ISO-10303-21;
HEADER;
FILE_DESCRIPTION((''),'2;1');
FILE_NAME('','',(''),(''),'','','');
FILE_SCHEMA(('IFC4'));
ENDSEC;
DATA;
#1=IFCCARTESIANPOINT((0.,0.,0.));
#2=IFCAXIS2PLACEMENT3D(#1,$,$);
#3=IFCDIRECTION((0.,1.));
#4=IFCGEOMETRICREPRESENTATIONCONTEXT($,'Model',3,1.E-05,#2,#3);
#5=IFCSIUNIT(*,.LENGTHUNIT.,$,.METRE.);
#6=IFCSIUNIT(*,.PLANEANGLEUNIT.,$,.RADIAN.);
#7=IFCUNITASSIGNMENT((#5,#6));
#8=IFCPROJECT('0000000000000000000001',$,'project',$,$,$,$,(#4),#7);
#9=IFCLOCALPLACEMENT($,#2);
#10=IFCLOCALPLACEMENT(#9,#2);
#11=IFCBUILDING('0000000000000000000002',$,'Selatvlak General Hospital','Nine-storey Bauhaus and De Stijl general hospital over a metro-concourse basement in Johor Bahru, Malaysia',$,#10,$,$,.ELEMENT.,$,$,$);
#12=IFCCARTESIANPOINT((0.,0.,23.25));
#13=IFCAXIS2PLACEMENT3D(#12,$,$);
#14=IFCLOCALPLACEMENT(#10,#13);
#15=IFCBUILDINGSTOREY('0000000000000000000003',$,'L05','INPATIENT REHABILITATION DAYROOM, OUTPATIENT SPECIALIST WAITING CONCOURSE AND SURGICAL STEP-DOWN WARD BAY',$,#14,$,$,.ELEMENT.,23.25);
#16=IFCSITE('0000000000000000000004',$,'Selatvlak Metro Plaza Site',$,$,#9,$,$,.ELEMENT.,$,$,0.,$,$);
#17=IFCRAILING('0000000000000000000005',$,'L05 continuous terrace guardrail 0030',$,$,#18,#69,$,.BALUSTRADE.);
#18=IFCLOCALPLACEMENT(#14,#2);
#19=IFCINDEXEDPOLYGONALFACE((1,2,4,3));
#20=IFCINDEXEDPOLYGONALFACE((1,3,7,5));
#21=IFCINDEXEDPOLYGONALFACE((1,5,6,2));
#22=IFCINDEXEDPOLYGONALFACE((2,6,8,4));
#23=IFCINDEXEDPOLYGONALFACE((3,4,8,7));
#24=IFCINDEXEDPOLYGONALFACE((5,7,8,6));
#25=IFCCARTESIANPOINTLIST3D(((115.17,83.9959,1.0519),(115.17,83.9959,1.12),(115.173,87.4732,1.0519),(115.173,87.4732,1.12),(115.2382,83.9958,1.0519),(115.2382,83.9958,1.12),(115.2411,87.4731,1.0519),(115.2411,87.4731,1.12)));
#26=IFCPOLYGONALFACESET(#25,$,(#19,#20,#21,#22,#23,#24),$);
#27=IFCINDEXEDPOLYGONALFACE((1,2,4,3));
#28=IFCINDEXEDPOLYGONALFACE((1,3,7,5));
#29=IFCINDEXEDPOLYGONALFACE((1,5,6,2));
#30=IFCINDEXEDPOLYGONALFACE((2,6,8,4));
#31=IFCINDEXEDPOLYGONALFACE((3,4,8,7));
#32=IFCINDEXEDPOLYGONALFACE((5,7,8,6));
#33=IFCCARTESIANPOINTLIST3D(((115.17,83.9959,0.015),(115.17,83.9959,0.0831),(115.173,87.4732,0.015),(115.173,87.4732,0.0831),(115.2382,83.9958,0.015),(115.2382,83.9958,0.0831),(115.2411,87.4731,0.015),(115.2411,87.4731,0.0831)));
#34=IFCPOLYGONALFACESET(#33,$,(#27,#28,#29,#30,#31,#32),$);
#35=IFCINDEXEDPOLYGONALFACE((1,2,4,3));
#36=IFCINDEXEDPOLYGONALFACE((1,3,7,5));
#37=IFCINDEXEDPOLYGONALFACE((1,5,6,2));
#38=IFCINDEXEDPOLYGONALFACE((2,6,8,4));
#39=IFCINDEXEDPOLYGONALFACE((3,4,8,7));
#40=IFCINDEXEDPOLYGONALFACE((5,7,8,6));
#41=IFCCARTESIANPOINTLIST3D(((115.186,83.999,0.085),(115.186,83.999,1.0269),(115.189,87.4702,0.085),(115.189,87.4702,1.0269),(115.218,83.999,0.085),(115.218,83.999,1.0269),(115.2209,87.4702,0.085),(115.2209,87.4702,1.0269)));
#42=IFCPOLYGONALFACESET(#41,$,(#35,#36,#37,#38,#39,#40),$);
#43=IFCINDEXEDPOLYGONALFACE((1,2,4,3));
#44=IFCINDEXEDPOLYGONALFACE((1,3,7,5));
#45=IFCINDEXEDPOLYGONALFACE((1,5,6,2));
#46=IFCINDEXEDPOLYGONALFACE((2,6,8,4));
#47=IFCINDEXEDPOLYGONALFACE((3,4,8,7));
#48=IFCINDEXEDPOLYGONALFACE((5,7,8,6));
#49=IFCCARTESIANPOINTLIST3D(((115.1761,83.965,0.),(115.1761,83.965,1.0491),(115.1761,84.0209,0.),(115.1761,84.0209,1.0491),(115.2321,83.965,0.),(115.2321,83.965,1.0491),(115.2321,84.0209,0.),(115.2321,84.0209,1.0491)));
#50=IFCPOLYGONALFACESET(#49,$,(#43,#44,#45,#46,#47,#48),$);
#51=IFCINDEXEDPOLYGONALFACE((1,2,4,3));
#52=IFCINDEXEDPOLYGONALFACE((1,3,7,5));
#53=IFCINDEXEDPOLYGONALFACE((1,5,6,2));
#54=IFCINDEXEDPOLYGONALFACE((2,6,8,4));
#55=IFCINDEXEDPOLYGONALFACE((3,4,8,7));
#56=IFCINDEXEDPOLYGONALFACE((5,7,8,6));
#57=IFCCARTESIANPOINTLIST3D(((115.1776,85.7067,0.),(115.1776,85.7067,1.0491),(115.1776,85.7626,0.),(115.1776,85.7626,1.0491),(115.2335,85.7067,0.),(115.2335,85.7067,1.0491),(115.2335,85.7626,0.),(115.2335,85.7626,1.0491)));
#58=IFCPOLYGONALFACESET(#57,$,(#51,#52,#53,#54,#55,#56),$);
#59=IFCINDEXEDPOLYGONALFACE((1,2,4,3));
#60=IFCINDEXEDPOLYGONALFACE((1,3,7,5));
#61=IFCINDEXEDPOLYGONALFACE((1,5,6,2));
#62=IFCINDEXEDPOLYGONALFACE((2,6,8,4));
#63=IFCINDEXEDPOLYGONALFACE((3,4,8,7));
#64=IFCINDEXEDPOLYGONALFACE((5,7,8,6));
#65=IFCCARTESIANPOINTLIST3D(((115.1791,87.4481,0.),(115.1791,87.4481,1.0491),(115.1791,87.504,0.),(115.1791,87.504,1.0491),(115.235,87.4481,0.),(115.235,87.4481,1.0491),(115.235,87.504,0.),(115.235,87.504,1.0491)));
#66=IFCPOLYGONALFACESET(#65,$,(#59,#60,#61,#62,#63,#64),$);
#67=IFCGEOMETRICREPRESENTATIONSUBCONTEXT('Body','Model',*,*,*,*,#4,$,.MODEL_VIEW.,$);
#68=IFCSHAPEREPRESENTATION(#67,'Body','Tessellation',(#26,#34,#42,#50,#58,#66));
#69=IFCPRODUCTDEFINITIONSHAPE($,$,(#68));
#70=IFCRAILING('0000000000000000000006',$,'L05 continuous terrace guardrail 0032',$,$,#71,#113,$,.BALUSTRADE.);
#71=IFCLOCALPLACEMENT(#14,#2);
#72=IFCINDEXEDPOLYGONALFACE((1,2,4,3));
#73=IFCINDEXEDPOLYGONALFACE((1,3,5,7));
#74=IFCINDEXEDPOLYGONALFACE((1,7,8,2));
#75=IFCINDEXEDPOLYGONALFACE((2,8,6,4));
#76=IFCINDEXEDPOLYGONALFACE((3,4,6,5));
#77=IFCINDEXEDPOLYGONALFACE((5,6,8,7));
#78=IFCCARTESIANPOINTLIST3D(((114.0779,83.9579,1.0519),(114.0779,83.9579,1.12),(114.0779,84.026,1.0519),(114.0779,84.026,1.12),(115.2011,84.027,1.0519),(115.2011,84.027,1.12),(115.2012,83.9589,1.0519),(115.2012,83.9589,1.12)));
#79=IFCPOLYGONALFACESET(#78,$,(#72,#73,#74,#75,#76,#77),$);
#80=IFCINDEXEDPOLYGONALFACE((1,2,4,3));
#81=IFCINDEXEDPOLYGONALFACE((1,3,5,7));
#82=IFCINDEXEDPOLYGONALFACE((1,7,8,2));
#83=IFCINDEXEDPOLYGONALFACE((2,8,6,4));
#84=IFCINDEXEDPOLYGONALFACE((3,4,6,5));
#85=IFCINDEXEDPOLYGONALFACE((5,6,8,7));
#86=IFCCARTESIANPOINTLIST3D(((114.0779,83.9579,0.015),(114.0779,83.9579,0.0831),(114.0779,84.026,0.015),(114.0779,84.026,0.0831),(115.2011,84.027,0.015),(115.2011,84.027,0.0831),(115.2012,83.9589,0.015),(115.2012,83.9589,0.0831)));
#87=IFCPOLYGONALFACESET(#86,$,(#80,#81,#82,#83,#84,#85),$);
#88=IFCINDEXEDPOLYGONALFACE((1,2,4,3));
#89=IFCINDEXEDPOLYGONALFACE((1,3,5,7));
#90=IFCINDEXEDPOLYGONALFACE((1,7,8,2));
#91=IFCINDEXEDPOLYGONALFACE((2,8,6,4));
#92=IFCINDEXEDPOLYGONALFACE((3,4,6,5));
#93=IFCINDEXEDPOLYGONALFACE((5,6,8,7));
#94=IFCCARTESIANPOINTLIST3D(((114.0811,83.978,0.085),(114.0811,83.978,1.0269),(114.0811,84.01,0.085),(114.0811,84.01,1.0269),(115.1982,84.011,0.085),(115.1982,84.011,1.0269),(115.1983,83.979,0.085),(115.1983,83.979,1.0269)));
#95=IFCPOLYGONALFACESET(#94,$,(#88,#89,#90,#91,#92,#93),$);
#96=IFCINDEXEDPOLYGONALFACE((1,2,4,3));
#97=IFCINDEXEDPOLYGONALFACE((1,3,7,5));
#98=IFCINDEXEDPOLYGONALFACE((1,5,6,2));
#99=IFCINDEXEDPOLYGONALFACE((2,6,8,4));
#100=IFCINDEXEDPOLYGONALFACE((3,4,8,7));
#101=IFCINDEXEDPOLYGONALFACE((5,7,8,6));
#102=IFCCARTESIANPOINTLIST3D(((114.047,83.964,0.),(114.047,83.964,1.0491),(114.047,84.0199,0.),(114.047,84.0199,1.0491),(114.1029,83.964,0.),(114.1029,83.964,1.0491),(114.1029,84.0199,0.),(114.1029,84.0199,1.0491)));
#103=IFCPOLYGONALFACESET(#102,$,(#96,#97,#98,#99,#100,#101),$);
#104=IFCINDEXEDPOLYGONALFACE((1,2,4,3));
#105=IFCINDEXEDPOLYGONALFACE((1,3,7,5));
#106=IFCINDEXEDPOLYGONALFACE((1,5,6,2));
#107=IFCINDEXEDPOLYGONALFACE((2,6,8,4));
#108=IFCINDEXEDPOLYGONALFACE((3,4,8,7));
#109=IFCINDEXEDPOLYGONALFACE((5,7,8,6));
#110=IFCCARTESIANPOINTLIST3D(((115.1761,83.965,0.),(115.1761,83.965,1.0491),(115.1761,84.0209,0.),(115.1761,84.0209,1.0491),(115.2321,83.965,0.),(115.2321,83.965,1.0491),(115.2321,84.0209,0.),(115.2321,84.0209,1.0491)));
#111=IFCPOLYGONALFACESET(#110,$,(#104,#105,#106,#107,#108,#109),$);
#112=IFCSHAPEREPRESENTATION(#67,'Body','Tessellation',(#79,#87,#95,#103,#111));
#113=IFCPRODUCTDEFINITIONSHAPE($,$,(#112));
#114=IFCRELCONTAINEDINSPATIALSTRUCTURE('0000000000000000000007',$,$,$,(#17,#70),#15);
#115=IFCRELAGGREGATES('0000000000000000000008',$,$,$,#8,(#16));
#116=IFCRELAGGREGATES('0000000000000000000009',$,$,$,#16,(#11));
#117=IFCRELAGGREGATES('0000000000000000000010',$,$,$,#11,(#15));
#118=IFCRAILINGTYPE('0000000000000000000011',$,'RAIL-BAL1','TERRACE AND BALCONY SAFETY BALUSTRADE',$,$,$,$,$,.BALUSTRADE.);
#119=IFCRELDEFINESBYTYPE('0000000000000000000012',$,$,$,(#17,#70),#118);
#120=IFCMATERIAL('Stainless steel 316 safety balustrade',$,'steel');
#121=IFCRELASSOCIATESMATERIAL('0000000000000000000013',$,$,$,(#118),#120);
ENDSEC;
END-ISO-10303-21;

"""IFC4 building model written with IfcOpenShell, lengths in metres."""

from ifc_helpers import new_model, si_unit, direction, frame, origin, origin_2d, place, context, subcontext, project, spatial, polyline, rectangle, outline, extrude, material, type_object, element, save


model = new_model("IFC4")

# Units and contexts
model_context = context("Model", 3, precision=1e-05, world=origin(), true_north=direction((0.0, 1.0)))
body_context = subcontext(model_context, "Body", "Model", "MODEL_VIEW")
ifc_project = project(units=[si_unit("LENGTHUNIT", "METRE"), si_unit("PLANEANGLEUNIT", "RADIAN")], contexts=[model_context])

# Site, building, storey
site_placement = place(None, origin())
site = spatial("IfcSite", under=ifc_project, at=site_placement, Name="Selatvlak Metro Plaza Site", CompositionType="ELEMENT", RefElevation=0.0)
building_placement = place(site_placement, origin())
building = spatial("IfcBuilding", under=site, at=building_placement, Name="Selatvlak General Hospital", Description="Nine-storey Bauhaus and De Stijl general hospital over a metro-concourse basement in Johor Bahru, Malaysia", CompositionType="ELEMENT")
storey_placement = place(building_placement, frame((0.0, 0.0, 23.25)))
storey = spatial("IfcBuildingStorey", under=building, at=storey_placement, Name="L05", Description="INPATIENT REHABILITATION DAYROOM, OUTPATIENT SPECIALIST WAITING CONCOURSE AND SURGICAL STEP-DOWN WARD BAY", CompositionType="ELEMENT", Elevation=23.25)

# Railings
ifc_material_1 = material(Name="Stainless steel 316 safety balustrade", Category="steel")
railing_type = type_object("IfcRailingType", Name="RAIL-BAL1", Description="TERRACE AND BALCONY SAFETY BALUSTRADE", PredefinedType="BALUSTRADE", material=ifc_material_1)
railing_1_placement = place(storey_placement, frame((115.2041, 83.9929, 0.0)))
element("IfcRailing", 1, at=railing_1_placement, inside=storey, type_object=railing_type, Name="L05 continuous terrace guardrail 0030", PredefinedType="BALUSTRADE", context=body_context, shape_type="SweptSolid", body=[
    extrude(rectangle(XDim=0.0681, YDim=0.0681, at=origin_2d()), frame((0.0, 0.0029, 1.0859), z_axis=(0.000841, 1.0, 0.0), x_axis=(-1.0, 0.000841, 0.0)), (0.0, 0.0, 1.0), 3.4773),
    extrude(rectangle(XDim=0.0681, YDim=0.0681, at=origin_2d()), frame((0.0, 0.0029, 0.0491), z_axis=(0.000841, 1.0, 0.0), x_axis=(-1.0, 0.000841, 0.0)), (0.0, 0.0, 1.0), 3.4773),
    extrude(outline(polyline([(0.0, 0.0), (3.4712, 0.0), (3.4712, 0.9419), (0.0, 0.9419), (0.0, 0.0)])), frame((-0.0181, 0.0061, 0.085), z_axis=(1.0, -0.000841, 0.0), x_axis=(0.000841, 1.0, 0.0)), (0.0, 0.0, 1.0), 0.032),
    extrude(rectangle(XDim=0.0559, YDim=0.0559, at=origin_2d()), origin(), (0.0, 0.0, 1.0), 1.0491),
    extrude(rectangle(XDim=0.0559, YDim=0.0559, at=origin_2d()), frame((0.0015, 1.7417, 0.0)), (0.0, 0.0, 1.0), 1.0491),
    extrude(rectangle(XDim=0.0559, YDim=0.0559, at=origin_2d()), frame((0.0029, 3.4832, 0.0)), (0.0, 0.0, 1.0), 1.0491),
])
railing_2_placement = place(storey_placement, frame((114.075, 83.9919, 0.0)))
element("IfcRailing", 2, at=railing_2_placement, inside=storey, type_object=railing_type, Name="L05 continuous terrace guardrail 0032", PredefinedType="BALUSTRADE", context=body_context, shape_type="SweptSolid", body=[
    extrude(rectangle(XDim=0.0681, YDim=0.0681, at=origin_2d()), frame((0.0029, 0.0, 1.0859), z_axis=(1.0, 0.000865, 0.0), x_axis=(-0.000865, 1.0, 0.0)), (0.0, 0.0, 1.0), 1.1233),
    extrude(rectangle(XDim=0.0681, YDim=0.0681, at=origin_2d()), frame((0.0029, 0.0, 0.0491), z_axis=(1.0, 0.000865, 0.0), x_axis=(-0.000865, 1.0, 0.0)), (0.0, 0.0, 1.0), 1.1233),
    extrude(outline(polyline([(0.0, 0.0), (1.1172, 0.0), (1.1172, 0.9419), (0.0, 0.9419), (0.0, 0.0)])), frame((0.0061, 0.0181, 0.085), z_axis=(0.000865, -1.0, 0.0), x_axis=(1.0, 0.000865, 0.0)), (0.0, 0.0, 1.0), 0.032),
    extrude(rectangle(XDim=0.0559, YDim=0.0559, at=origin_2d()), origin(), (0.0, 0.0, 1.0), 1.0491),
    extrude(rectangle(XDim=0.0559, YDim=0.0559, at=origin_2d()), frame((1.1292, 0.001, 0.0)), (0.0, 0.0, 1.0), 1.0491),
])

save(model, "model.ifc")
